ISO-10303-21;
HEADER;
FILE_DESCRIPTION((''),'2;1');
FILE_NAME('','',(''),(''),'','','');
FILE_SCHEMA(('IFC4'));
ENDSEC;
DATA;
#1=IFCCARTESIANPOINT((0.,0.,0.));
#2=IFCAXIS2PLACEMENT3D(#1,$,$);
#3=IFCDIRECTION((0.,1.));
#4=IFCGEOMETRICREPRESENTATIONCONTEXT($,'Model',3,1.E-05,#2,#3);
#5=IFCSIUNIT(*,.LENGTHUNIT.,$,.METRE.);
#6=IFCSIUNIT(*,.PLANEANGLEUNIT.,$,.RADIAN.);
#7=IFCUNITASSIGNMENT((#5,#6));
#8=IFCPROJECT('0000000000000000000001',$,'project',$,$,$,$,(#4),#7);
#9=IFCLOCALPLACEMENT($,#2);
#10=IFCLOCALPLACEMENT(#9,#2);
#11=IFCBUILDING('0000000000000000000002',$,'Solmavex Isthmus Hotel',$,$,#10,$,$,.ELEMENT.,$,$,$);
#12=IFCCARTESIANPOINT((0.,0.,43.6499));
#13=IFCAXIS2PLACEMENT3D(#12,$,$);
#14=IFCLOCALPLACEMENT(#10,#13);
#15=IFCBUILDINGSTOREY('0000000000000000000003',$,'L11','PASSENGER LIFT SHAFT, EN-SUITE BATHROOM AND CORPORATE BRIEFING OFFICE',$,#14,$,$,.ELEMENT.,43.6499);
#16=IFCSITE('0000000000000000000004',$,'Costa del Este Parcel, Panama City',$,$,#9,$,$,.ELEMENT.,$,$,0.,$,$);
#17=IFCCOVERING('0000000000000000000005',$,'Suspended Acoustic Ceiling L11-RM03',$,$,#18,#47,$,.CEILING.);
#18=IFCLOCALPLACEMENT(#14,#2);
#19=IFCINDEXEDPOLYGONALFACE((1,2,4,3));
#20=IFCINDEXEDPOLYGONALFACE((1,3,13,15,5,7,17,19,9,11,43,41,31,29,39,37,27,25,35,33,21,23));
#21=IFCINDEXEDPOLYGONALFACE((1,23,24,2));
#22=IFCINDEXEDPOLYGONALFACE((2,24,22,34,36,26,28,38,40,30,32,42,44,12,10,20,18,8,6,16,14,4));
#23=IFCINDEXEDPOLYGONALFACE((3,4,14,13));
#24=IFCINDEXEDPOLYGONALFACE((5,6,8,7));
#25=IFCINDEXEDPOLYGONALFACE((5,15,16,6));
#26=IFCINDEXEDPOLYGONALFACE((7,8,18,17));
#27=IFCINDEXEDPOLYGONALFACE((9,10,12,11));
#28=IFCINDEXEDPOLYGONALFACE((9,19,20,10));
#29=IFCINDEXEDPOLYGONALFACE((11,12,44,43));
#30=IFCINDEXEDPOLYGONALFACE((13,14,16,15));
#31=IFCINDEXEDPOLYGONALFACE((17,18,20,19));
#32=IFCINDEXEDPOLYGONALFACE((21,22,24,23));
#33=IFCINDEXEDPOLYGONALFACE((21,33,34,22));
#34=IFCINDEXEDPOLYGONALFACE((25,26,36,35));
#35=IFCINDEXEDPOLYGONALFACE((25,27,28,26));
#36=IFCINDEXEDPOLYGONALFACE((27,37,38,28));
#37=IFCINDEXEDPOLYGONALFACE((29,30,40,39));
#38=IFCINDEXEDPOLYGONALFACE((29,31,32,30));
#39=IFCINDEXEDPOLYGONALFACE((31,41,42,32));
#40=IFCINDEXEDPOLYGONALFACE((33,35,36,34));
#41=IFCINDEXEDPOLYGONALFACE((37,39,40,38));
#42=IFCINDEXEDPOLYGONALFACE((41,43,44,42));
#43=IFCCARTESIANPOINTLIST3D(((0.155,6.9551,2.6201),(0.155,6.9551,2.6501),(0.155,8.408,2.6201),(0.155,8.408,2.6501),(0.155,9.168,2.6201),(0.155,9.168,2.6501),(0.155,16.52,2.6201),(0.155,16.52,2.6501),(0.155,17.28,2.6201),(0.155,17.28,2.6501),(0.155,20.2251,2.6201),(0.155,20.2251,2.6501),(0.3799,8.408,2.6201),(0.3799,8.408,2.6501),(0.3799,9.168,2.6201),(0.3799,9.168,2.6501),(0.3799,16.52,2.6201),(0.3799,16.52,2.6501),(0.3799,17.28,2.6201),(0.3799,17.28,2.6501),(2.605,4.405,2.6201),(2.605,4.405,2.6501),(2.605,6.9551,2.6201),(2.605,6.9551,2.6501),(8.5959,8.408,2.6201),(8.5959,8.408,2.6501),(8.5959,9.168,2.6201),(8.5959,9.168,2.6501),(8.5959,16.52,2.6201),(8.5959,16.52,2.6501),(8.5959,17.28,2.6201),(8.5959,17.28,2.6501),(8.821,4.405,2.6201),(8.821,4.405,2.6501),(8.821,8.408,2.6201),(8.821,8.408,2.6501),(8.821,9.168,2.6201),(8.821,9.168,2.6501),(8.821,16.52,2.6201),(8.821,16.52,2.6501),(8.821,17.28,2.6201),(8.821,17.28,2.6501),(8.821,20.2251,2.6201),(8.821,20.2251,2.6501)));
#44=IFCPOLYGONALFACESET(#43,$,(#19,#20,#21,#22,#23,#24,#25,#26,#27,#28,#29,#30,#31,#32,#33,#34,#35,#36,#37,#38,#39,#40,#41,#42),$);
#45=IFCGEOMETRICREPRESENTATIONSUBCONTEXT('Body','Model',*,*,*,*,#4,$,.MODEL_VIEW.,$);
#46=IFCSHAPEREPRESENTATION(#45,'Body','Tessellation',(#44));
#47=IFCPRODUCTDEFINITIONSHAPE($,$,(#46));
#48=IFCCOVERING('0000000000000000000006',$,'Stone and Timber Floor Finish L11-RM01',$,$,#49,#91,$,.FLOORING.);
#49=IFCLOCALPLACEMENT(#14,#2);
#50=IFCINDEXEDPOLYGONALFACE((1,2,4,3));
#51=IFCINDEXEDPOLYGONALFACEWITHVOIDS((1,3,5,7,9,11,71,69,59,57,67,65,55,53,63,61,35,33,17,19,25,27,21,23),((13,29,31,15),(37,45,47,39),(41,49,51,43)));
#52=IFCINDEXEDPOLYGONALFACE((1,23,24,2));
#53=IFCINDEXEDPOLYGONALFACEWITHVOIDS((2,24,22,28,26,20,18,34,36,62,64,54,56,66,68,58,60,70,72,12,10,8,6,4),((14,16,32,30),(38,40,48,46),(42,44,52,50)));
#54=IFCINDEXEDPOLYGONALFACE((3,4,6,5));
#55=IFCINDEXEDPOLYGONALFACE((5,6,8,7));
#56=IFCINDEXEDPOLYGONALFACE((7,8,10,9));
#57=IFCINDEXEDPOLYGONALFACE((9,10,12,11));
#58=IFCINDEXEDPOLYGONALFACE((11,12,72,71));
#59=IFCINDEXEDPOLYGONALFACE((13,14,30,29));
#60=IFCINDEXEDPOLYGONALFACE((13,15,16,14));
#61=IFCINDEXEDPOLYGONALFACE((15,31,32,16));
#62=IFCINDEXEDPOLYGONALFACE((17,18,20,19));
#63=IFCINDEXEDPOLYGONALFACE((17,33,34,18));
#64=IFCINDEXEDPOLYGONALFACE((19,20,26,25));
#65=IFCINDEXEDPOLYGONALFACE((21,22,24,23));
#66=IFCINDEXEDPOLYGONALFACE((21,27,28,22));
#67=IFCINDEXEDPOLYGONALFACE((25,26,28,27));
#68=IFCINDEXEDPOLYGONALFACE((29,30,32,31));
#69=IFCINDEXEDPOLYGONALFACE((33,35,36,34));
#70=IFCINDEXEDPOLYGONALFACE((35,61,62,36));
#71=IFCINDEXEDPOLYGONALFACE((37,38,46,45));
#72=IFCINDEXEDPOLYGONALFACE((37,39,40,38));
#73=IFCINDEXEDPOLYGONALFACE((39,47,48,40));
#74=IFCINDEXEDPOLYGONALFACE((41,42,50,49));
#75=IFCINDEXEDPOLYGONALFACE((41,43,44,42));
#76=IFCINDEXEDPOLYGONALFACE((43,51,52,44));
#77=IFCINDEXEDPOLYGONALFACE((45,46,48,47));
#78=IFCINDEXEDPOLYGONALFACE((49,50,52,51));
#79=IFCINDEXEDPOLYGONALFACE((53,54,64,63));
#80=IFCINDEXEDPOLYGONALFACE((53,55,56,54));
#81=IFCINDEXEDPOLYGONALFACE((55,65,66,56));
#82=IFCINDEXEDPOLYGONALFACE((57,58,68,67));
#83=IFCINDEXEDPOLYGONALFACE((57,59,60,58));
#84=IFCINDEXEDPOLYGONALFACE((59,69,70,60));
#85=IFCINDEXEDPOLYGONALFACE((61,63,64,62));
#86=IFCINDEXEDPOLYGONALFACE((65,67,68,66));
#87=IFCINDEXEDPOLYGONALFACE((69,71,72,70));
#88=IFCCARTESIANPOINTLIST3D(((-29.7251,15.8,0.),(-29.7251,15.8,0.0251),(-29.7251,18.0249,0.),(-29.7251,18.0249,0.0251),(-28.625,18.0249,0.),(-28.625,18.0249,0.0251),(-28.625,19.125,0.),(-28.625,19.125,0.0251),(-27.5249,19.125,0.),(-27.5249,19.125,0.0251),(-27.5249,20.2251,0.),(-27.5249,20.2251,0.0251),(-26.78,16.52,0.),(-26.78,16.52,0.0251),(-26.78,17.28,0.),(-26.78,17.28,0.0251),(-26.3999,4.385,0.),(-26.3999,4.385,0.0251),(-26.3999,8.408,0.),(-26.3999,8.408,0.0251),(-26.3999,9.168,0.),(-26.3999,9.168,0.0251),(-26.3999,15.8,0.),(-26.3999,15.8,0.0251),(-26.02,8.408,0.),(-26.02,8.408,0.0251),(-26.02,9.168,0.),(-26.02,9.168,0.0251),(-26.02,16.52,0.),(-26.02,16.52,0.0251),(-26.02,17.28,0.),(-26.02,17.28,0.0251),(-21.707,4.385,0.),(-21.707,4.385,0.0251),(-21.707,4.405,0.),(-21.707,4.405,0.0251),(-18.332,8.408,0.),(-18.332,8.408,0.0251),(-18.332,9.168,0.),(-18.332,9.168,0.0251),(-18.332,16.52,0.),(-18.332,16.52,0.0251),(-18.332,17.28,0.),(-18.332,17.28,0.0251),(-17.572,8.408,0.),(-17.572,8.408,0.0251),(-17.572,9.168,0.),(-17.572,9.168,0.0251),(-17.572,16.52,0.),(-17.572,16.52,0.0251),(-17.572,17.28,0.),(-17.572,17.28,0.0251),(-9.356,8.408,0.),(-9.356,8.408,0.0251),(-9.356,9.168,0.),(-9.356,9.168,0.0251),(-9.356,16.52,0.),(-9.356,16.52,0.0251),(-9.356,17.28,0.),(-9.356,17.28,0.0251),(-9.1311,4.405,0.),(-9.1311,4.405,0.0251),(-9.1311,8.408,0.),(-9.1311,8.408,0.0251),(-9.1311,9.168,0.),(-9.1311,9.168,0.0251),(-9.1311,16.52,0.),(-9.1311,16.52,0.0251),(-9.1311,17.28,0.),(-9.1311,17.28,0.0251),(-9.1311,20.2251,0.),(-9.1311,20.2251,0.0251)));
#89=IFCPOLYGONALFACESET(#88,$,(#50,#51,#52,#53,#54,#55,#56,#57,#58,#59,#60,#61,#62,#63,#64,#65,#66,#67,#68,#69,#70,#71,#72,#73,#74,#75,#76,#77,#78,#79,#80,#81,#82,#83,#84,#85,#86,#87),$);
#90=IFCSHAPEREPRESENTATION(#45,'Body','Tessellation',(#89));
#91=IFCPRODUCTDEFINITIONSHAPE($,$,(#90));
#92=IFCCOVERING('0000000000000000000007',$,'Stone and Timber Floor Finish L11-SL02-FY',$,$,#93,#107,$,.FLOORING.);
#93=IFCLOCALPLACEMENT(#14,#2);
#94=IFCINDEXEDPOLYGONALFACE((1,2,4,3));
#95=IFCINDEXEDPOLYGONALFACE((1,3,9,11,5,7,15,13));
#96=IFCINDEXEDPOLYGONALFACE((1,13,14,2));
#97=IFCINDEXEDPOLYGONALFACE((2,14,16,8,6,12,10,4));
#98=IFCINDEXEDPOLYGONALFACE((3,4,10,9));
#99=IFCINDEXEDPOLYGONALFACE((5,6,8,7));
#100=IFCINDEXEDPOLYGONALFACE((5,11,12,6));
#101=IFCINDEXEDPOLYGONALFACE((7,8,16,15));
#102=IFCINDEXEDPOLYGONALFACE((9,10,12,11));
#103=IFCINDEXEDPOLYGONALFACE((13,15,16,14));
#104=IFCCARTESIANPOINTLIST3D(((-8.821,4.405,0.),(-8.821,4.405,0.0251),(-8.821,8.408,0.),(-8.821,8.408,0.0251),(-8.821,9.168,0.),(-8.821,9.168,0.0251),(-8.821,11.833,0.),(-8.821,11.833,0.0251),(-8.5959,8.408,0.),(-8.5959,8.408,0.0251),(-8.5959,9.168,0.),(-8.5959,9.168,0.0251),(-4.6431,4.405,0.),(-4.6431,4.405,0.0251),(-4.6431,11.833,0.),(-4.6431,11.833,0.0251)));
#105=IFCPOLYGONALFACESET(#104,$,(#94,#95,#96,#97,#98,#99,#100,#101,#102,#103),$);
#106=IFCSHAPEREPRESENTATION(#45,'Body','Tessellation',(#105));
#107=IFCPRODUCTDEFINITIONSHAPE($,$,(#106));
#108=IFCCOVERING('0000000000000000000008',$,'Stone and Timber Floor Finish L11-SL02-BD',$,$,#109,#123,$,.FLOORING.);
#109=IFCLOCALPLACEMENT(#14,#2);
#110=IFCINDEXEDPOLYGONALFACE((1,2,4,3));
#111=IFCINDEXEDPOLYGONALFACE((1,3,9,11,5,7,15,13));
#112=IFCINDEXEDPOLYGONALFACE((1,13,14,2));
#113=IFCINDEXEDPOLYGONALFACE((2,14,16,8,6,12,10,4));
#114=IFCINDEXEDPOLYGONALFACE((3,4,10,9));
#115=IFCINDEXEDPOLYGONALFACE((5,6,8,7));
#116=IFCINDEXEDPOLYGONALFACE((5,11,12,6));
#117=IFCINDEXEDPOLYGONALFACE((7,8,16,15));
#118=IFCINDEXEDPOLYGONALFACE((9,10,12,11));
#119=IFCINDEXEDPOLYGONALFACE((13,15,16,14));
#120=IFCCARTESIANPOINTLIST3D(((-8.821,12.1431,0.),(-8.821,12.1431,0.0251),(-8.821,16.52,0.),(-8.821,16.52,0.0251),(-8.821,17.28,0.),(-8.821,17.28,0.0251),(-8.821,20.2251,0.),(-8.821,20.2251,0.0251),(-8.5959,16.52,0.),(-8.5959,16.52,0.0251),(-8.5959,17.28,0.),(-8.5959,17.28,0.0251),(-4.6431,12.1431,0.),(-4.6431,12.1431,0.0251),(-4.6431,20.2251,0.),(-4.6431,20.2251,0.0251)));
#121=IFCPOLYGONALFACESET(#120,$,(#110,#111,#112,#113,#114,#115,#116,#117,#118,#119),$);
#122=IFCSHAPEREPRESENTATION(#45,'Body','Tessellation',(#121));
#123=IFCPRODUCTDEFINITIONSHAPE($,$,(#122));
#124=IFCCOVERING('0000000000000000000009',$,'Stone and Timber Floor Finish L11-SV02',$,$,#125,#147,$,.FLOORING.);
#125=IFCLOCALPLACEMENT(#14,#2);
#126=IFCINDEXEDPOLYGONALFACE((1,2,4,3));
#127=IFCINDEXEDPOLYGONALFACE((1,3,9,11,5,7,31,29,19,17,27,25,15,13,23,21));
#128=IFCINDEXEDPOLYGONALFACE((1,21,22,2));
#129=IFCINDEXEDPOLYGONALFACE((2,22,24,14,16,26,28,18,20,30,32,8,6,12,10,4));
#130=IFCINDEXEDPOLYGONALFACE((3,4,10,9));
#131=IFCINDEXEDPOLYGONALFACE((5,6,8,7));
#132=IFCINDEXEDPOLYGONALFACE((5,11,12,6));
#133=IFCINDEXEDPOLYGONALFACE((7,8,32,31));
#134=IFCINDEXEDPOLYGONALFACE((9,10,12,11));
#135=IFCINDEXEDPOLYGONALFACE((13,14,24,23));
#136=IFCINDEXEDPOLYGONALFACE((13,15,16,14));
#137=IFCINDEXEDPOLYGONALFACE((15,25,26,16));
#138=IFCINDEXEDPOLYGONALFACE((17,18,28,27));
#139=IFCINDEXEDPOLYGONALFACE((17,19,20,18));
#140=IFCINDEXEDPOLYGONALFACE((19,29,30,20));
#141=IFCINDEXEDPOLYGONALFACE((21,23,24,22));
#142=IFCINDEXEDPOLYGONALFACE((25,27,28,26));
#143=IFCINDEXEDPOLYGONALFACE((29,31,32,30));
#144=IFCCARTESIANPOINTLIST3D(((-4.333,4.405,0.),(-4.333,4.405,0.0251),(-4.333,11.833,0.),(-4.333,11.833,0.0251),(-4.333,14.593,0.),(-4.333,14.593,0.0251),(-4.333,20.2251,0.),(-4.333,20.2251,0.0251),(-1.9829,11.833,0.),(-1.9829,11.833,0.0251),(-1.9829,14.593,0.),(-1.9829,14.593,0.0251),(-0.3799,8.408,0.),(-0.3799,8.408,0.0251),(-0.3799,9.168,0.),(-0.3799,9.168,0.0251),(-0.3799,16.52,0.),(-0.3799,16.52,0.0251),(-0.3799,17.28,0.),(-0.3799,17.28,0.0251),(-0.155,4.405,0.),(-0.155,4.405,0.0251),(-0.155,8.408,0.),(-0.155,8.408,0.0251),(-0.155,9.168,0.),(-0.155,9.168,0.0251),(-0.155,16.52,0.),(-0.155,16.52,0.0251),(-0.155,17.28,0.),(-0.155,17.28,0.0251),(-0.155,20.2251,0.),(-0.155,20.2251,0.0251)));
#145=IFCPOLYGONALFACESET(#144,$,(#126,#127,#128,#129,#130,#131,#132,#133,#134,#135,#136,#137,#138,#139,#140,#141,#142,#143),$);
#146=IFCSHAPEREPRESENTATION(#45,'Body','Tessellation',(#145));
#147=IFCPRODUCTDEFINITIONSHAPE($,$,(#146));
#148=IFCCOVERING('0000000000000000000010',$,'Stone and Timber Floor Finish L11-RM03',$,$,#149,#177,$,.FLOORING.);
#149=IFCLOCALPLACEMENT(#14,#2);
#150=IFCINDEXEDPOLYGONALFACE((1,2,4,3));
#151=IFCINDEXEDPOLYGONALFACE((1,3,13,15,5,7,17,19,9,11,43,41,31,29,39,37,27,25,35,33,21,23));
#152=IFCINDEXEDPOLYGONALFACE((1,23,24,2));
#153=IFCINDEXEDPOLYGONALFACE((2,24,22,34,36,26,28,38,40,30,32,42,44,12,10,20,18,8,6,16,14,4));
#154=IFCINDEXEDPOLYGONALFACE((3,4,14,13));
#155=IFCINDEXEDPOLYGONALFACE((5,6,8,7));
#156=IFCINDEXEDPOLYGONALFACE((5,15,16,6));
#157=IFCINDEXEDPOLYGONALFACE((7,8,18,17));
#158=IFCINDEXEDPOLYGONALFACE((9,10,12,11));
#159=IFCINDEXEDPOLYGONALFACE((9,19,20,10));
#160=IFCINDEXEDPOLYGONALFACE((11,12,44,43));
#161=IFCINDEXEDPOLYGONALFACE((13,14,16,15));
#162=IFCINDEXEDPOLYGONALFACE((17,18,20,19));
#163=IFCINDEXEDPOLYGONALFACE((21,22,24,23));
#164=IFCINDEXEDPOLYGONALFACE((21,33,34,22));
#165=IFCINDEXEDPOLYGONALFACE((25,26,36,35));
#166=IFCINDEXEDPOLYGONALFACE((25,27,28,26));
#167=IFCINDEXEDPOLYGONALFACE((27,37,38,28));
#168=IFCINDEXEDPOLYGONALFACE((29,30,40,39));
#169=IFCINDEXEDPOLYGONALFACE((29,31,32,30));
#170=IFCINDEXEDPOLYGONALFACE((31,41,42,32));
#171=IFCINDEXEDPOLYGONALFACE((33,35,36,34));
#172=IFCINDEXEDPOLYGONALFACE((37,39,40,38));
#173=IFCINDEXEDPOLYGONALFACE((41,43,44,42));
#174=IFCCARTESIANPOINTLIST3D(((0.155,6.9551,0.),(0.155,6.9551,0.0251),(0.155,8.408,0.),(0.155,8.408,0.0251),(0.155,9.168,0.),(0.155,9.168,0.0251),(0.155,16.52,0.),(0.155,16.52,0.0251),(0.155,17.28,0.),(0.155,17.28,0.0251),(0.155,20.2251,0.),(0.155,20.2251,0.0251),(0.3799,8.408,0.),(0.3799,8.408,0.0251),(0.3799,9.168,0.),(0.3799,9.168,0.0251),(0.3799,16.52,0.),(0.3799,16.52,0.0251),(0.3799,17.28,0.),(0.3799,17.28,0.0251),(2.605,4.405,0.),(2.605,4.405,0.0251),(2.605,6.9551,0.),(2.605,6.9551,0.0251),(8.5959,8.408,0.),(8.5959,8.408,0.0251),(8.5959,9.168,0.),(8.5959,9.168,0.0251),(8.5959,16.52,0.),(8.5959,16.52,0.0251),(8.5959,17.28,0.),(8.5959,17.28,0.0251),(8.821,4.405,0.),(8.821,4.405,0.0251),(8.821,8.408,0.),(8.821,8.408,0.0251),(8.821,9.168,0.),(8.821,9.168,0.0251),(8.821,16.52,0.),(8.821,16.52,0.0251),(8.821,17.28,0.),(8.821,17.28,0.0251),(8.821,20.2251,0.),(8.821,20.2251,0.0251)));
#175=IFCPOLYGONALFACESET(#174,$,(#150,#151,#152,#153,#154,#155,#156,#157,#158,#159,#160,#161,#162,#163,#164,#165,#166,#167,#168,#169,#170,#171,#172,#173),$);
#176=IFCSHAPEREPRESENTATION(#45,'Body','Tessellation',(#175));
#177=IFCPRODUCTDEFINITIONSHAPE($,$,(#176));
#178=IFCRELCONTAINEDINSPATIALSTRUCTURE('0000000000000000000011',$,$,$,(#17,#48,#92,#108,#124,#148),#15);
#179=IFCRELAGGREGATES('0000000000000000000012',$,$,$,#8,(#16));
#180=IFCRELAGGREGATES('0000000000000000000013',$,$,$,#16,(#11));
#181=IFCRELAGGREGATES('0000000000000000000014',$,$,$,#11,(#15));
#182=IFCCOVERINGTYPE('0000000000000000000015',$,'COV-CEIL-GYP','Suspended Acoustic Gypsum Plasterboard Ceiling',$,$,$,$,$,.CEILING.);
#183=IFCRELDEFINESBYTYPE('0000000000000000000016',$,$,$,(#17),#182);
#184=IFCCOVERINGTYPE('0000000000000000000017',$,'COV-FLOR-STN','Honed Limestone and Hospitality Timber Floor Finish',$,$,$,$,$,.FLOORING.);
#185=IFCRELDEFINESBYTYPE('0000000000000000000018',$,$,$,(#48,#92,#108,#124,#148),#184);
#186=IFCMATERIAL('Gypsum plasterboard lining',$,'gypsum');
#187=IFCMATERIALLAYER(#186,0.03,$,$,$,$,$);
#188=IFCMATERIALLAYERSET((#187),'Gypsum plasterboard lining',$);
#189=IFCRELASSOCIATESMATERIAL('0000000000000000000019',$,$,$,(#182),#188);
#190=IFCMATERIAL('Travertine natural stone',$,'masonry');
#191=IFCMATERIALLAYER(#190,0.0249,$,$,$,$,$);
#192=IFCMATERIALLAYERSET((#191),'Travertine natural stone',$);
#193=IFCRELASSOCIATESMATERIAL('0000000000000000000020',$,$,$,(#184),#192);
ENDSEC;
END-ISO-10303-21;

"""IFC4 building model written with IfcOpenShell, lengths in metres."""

from ifc_helpers import new_model, si_unit, direction, frame, origin, place, context, subcontext, project, spatial, polyline, outline, extrude, material, layer, layer_set, type_object, element, save


model = new_model("IFC4")

# Units and contexts
model_context = context("Model", 3, precision=1e-05, world=origin(), true_north=direction((0.0, 1.0)))
body_context = subcontext(model_context, "Body", "Model", "MODEL_VIEW")
ifc_project = project(units=[si_unit("LENGTHUNIT", "METRE"), si_unit("PLANEANGLEUNIT", "RADIAN")], contexts=[model_context])

# Site, building, storey
site_placement = place(None, origin())
site = spatial("IfcSite", under=ifc_project, at=site_placement, Name="Costa del Este Parcel, Panama City", CompositionType="ELEMENT", RefElevation=0.0)
building_placement = place(site_placement, origin())
building = spatial("IfcBuilding", under=site, at=building_placement, Name="Solmavex Isthmus Hotel", CompositionType="ELEMENT")
storey_placement = place(building_placement, frame((0.0, 0.0, 43.6499)))
storey = spatial("IfcBuildingStorey", under=building, at=storey_placement, Name="L11", Description="PASSENGER LIFT SHAFT, EN-SUITE BATHROOM AND CORPORATE BRIEFING OFFICE", CompositionType="ELEMENT", Elevation=43.6499)

# Shared definitions
ifc_material_1 = material(Name="Gypsum plasterboard lining", Category="gypsum")

# Coverings
ifc_layer_1 = layer(ifc_material_1, 0.03)
ifc_layer_set_1 = layer_set([ifc_layer_1], Name="Gypsum plasterboard lining")
covering_type_1 = type_object("IfcCoveringType", Name="COV-CEIL-GYP", Description="Suspended Acoustic Gypsum Plasterboard Ceiling", PredefinedType="CEILING", material=ifc_layer_set_1)
covering_1_placement = place(storey_placement, frame((0.0, 0.0, 2.6201)))
element("IfcCovering", 1, at=covering_1_placement, inside=storey, type_object=covering_type_1, Name="Suspended Acoustic Ceiling L11-RM03", PredefinedType="CEILING", context=body_context, shape_type="SweptSolid", body=[
    extrude(outline(polyline([(0.155, 9.168), (0.3799, 9.168), (0.3799, 8.408), (0.155, 8.408), (0.155, 6.9551), (2.605, 6.9551), (2.605, 4.405), (8.821, 4.405), (8.821, 8.408), (8.5959, 8.408), (8.5959, 9.168), (8.821, 9.168), (8.821, 16.52), (8.5959, 16.52), (8.5959, 17.28), (8.821, 17.28), (8.821, 20.2251), (0.155, 20.2251), (0.155, 17.28), (0.3799, 17.28), (0.3799, 16.52), (0.155, 16.52), (0.155, 9.168)])), origin(), (0.0, 0.0, 1.0), 0.03),
])
ifc_material_2 = material(Name="Travertine natural stone", Category="masonry")
ifc_layer_2 = layer(ifc_material_2, 0.0249)
ifc_layer_set_2 = layer_set([ifc_layer_2], Name="Travertine natural stone")
covering_type_2 = type_object("IfcCoveringType", Name="COV-FLOR-STN", Description="Honed Limestone and Hospitality Timber Floor Finish", PredefinedType="FLOORING", material=ifc_layer_set_2)
covering_2_placement = place(storey_placement, origin())
element("IfcCovering", 2, at=covering_2_placement, inside=storey, type_object=covering_type_2, Name="Stone and Timber Floor Finish L11-RM01", PredefinedType="FLOORING", context=body_context, shape_type="SweptSolid", body=[
    extrude(outline(polyline([(-21.707, 4.385), (-21.707, 4.405), (-9.1311, 4.405), (-9.1311, 8.408), (-9.356, 8.408), (-9.356, 9.168), (-9.1311, 9.168), (-9.1311, 16.52), (-9.356, 16.52), (-9.356, 17.28), (-9.1311, 17.28), (-9.1311, 20.2251), (-27.5249, 20.2251), (-27.5249, 19.125), (-28.625, 19.125), (-28.625, 18.0249), (-29.7251, 18.0249), (-29.7251, 15.8), (-26.3999, 15.8), (-26.3999, 9.168), (-26.02, 9.168), (-26.02, 8.408), (-26.3999, 8.408), (-26.3999, 4.385), (-21.707, 4.385)]), holes=[polyline([(-18.332, 8.408), (-18.332, 9.168), (-17.572, 9.168), (-17.572, 8.408), (-18.332, 8.408)]), polyline([(-18.332, 17.28), (-17.572, 17.28), (-17.572, 16.52), (-18.332, 16.52), (-18.332, 17.28)]), polyline([(-26.78, 17.28), (-26.02, 17.28), (-26.02, 16.52), (-26.78, 16.52), (-26.78, 17.28)])]), origin(), (0.0, 0.0, 1.0), 0.0251),
])
covering_3_placement = place(storey_placement, origin())
element("IfcCovering", 3, at=covering_3_placement, inside=storey, type_object=covering_type_2, Name="Stone and Timber Floor Finish L11-SL02-FY", PredefinedType="FLOORING", context=body_context, shape_type="SweptSolid", body=[
    extrude(outline(polyline([(-8.821, 9.168), (-8.5959, 9.168), (-8.5959, 8.408), (-8.821, 8.408), (-8.821, 4.405), (-4.6431, 4.405), (-4.6431, 11.833), (-8.821, 11.833), (-8.821, 9.168)])), origin(), (0.0, 0.0, 1.0), 0.0251),
])
covering_4_placement = place(storey_placement, origin())
element("IfcCovering", 4, at=covering_4_placement, inside=storey, type_object=covering_type_2, Name="Stone and Timber Floor Finish L11-SL02-BD", PredefinedType="FLOORING", context=body_context, shape_type="SweptSolid", body=[
    extrude(outline(polyline([(-8.821, 17.28), (-8.5959, 17.28), (-8.5959, 16.52), (-8.821, 16.52), (-8.821, 12.1431), (-4.6431, 12.1431), (-4.6431, 20.2251), (-8.821, 20.2251), (-8.821, 17.28)])), origin(), (0.0, 0.0, 1.0), 0.0251),
])
covering_5_placement = place(storey_placement, origin())
element("IfcCovering", 5, at=covering_5_placement, inside=storey, type_object=covering_type_2, Name="Stone and Timber Floor Finish L11-SV02", PredefinedType="FLOORING", context=body_context, shape_type="SweptSolid", body=[
    extrude(outline(polyline([(-0.155, 16.52), (-0.3799, 16.52), (-0.3799, 17.28), (-0.155, 17.28), (-0.155, 20.2251), (-4.333, 20.2251), (-4.333, 14.593), (-1.9829, 14.593), (-1.9829, 11.833), (-4.333, 11.833), (-4.333, 4.405), (-0.155, 4.405), (-0.155, 8.408), (-0.3799, 8.408), (-0.3799, 9.168), (-0.155, 9.168), (-0.155, 16.52)])), origin(), (0.0, 0.0, 1.0), 0.0251),
])
covering_6_placement = place(storey_placement, origin())
element("IfcCovering", 6, at=covering_6_placement, inside=storey, type_object=covering_type_2, Name="Stone and Timber Floor Finish L11-RM03", PredefinedType="FLOORING", context=body_context, shape_type="SweptSolid", body=[
    extrude(outline(polyline([(0.155, 9.168), (0.3799, 9.168), (0.3799, 8.408), (0.155, 8.408), (0.155, 6.9551), (2.605, 6.9551), (2.605, 4.405), (8.821, 4.405), (8.821, 8.408), (8.5959, 8.408), (8.5959, 9.168), (8.821, 9.168), (8.821, 16.52), (8.5959, 16.52), (8.5959, 17.28), (8.821, 17.28), (8.821, 20.2251), (0.155, 20.2251), (0.155, 17.28), (0.3799, 17.28), (0.3799, 16.52), (0.155, 16.52), (0.155, 9.168)])), origin(), (0.0, 0.0, 1.0), 0.0251),
])

save(model, "model.ifc")
